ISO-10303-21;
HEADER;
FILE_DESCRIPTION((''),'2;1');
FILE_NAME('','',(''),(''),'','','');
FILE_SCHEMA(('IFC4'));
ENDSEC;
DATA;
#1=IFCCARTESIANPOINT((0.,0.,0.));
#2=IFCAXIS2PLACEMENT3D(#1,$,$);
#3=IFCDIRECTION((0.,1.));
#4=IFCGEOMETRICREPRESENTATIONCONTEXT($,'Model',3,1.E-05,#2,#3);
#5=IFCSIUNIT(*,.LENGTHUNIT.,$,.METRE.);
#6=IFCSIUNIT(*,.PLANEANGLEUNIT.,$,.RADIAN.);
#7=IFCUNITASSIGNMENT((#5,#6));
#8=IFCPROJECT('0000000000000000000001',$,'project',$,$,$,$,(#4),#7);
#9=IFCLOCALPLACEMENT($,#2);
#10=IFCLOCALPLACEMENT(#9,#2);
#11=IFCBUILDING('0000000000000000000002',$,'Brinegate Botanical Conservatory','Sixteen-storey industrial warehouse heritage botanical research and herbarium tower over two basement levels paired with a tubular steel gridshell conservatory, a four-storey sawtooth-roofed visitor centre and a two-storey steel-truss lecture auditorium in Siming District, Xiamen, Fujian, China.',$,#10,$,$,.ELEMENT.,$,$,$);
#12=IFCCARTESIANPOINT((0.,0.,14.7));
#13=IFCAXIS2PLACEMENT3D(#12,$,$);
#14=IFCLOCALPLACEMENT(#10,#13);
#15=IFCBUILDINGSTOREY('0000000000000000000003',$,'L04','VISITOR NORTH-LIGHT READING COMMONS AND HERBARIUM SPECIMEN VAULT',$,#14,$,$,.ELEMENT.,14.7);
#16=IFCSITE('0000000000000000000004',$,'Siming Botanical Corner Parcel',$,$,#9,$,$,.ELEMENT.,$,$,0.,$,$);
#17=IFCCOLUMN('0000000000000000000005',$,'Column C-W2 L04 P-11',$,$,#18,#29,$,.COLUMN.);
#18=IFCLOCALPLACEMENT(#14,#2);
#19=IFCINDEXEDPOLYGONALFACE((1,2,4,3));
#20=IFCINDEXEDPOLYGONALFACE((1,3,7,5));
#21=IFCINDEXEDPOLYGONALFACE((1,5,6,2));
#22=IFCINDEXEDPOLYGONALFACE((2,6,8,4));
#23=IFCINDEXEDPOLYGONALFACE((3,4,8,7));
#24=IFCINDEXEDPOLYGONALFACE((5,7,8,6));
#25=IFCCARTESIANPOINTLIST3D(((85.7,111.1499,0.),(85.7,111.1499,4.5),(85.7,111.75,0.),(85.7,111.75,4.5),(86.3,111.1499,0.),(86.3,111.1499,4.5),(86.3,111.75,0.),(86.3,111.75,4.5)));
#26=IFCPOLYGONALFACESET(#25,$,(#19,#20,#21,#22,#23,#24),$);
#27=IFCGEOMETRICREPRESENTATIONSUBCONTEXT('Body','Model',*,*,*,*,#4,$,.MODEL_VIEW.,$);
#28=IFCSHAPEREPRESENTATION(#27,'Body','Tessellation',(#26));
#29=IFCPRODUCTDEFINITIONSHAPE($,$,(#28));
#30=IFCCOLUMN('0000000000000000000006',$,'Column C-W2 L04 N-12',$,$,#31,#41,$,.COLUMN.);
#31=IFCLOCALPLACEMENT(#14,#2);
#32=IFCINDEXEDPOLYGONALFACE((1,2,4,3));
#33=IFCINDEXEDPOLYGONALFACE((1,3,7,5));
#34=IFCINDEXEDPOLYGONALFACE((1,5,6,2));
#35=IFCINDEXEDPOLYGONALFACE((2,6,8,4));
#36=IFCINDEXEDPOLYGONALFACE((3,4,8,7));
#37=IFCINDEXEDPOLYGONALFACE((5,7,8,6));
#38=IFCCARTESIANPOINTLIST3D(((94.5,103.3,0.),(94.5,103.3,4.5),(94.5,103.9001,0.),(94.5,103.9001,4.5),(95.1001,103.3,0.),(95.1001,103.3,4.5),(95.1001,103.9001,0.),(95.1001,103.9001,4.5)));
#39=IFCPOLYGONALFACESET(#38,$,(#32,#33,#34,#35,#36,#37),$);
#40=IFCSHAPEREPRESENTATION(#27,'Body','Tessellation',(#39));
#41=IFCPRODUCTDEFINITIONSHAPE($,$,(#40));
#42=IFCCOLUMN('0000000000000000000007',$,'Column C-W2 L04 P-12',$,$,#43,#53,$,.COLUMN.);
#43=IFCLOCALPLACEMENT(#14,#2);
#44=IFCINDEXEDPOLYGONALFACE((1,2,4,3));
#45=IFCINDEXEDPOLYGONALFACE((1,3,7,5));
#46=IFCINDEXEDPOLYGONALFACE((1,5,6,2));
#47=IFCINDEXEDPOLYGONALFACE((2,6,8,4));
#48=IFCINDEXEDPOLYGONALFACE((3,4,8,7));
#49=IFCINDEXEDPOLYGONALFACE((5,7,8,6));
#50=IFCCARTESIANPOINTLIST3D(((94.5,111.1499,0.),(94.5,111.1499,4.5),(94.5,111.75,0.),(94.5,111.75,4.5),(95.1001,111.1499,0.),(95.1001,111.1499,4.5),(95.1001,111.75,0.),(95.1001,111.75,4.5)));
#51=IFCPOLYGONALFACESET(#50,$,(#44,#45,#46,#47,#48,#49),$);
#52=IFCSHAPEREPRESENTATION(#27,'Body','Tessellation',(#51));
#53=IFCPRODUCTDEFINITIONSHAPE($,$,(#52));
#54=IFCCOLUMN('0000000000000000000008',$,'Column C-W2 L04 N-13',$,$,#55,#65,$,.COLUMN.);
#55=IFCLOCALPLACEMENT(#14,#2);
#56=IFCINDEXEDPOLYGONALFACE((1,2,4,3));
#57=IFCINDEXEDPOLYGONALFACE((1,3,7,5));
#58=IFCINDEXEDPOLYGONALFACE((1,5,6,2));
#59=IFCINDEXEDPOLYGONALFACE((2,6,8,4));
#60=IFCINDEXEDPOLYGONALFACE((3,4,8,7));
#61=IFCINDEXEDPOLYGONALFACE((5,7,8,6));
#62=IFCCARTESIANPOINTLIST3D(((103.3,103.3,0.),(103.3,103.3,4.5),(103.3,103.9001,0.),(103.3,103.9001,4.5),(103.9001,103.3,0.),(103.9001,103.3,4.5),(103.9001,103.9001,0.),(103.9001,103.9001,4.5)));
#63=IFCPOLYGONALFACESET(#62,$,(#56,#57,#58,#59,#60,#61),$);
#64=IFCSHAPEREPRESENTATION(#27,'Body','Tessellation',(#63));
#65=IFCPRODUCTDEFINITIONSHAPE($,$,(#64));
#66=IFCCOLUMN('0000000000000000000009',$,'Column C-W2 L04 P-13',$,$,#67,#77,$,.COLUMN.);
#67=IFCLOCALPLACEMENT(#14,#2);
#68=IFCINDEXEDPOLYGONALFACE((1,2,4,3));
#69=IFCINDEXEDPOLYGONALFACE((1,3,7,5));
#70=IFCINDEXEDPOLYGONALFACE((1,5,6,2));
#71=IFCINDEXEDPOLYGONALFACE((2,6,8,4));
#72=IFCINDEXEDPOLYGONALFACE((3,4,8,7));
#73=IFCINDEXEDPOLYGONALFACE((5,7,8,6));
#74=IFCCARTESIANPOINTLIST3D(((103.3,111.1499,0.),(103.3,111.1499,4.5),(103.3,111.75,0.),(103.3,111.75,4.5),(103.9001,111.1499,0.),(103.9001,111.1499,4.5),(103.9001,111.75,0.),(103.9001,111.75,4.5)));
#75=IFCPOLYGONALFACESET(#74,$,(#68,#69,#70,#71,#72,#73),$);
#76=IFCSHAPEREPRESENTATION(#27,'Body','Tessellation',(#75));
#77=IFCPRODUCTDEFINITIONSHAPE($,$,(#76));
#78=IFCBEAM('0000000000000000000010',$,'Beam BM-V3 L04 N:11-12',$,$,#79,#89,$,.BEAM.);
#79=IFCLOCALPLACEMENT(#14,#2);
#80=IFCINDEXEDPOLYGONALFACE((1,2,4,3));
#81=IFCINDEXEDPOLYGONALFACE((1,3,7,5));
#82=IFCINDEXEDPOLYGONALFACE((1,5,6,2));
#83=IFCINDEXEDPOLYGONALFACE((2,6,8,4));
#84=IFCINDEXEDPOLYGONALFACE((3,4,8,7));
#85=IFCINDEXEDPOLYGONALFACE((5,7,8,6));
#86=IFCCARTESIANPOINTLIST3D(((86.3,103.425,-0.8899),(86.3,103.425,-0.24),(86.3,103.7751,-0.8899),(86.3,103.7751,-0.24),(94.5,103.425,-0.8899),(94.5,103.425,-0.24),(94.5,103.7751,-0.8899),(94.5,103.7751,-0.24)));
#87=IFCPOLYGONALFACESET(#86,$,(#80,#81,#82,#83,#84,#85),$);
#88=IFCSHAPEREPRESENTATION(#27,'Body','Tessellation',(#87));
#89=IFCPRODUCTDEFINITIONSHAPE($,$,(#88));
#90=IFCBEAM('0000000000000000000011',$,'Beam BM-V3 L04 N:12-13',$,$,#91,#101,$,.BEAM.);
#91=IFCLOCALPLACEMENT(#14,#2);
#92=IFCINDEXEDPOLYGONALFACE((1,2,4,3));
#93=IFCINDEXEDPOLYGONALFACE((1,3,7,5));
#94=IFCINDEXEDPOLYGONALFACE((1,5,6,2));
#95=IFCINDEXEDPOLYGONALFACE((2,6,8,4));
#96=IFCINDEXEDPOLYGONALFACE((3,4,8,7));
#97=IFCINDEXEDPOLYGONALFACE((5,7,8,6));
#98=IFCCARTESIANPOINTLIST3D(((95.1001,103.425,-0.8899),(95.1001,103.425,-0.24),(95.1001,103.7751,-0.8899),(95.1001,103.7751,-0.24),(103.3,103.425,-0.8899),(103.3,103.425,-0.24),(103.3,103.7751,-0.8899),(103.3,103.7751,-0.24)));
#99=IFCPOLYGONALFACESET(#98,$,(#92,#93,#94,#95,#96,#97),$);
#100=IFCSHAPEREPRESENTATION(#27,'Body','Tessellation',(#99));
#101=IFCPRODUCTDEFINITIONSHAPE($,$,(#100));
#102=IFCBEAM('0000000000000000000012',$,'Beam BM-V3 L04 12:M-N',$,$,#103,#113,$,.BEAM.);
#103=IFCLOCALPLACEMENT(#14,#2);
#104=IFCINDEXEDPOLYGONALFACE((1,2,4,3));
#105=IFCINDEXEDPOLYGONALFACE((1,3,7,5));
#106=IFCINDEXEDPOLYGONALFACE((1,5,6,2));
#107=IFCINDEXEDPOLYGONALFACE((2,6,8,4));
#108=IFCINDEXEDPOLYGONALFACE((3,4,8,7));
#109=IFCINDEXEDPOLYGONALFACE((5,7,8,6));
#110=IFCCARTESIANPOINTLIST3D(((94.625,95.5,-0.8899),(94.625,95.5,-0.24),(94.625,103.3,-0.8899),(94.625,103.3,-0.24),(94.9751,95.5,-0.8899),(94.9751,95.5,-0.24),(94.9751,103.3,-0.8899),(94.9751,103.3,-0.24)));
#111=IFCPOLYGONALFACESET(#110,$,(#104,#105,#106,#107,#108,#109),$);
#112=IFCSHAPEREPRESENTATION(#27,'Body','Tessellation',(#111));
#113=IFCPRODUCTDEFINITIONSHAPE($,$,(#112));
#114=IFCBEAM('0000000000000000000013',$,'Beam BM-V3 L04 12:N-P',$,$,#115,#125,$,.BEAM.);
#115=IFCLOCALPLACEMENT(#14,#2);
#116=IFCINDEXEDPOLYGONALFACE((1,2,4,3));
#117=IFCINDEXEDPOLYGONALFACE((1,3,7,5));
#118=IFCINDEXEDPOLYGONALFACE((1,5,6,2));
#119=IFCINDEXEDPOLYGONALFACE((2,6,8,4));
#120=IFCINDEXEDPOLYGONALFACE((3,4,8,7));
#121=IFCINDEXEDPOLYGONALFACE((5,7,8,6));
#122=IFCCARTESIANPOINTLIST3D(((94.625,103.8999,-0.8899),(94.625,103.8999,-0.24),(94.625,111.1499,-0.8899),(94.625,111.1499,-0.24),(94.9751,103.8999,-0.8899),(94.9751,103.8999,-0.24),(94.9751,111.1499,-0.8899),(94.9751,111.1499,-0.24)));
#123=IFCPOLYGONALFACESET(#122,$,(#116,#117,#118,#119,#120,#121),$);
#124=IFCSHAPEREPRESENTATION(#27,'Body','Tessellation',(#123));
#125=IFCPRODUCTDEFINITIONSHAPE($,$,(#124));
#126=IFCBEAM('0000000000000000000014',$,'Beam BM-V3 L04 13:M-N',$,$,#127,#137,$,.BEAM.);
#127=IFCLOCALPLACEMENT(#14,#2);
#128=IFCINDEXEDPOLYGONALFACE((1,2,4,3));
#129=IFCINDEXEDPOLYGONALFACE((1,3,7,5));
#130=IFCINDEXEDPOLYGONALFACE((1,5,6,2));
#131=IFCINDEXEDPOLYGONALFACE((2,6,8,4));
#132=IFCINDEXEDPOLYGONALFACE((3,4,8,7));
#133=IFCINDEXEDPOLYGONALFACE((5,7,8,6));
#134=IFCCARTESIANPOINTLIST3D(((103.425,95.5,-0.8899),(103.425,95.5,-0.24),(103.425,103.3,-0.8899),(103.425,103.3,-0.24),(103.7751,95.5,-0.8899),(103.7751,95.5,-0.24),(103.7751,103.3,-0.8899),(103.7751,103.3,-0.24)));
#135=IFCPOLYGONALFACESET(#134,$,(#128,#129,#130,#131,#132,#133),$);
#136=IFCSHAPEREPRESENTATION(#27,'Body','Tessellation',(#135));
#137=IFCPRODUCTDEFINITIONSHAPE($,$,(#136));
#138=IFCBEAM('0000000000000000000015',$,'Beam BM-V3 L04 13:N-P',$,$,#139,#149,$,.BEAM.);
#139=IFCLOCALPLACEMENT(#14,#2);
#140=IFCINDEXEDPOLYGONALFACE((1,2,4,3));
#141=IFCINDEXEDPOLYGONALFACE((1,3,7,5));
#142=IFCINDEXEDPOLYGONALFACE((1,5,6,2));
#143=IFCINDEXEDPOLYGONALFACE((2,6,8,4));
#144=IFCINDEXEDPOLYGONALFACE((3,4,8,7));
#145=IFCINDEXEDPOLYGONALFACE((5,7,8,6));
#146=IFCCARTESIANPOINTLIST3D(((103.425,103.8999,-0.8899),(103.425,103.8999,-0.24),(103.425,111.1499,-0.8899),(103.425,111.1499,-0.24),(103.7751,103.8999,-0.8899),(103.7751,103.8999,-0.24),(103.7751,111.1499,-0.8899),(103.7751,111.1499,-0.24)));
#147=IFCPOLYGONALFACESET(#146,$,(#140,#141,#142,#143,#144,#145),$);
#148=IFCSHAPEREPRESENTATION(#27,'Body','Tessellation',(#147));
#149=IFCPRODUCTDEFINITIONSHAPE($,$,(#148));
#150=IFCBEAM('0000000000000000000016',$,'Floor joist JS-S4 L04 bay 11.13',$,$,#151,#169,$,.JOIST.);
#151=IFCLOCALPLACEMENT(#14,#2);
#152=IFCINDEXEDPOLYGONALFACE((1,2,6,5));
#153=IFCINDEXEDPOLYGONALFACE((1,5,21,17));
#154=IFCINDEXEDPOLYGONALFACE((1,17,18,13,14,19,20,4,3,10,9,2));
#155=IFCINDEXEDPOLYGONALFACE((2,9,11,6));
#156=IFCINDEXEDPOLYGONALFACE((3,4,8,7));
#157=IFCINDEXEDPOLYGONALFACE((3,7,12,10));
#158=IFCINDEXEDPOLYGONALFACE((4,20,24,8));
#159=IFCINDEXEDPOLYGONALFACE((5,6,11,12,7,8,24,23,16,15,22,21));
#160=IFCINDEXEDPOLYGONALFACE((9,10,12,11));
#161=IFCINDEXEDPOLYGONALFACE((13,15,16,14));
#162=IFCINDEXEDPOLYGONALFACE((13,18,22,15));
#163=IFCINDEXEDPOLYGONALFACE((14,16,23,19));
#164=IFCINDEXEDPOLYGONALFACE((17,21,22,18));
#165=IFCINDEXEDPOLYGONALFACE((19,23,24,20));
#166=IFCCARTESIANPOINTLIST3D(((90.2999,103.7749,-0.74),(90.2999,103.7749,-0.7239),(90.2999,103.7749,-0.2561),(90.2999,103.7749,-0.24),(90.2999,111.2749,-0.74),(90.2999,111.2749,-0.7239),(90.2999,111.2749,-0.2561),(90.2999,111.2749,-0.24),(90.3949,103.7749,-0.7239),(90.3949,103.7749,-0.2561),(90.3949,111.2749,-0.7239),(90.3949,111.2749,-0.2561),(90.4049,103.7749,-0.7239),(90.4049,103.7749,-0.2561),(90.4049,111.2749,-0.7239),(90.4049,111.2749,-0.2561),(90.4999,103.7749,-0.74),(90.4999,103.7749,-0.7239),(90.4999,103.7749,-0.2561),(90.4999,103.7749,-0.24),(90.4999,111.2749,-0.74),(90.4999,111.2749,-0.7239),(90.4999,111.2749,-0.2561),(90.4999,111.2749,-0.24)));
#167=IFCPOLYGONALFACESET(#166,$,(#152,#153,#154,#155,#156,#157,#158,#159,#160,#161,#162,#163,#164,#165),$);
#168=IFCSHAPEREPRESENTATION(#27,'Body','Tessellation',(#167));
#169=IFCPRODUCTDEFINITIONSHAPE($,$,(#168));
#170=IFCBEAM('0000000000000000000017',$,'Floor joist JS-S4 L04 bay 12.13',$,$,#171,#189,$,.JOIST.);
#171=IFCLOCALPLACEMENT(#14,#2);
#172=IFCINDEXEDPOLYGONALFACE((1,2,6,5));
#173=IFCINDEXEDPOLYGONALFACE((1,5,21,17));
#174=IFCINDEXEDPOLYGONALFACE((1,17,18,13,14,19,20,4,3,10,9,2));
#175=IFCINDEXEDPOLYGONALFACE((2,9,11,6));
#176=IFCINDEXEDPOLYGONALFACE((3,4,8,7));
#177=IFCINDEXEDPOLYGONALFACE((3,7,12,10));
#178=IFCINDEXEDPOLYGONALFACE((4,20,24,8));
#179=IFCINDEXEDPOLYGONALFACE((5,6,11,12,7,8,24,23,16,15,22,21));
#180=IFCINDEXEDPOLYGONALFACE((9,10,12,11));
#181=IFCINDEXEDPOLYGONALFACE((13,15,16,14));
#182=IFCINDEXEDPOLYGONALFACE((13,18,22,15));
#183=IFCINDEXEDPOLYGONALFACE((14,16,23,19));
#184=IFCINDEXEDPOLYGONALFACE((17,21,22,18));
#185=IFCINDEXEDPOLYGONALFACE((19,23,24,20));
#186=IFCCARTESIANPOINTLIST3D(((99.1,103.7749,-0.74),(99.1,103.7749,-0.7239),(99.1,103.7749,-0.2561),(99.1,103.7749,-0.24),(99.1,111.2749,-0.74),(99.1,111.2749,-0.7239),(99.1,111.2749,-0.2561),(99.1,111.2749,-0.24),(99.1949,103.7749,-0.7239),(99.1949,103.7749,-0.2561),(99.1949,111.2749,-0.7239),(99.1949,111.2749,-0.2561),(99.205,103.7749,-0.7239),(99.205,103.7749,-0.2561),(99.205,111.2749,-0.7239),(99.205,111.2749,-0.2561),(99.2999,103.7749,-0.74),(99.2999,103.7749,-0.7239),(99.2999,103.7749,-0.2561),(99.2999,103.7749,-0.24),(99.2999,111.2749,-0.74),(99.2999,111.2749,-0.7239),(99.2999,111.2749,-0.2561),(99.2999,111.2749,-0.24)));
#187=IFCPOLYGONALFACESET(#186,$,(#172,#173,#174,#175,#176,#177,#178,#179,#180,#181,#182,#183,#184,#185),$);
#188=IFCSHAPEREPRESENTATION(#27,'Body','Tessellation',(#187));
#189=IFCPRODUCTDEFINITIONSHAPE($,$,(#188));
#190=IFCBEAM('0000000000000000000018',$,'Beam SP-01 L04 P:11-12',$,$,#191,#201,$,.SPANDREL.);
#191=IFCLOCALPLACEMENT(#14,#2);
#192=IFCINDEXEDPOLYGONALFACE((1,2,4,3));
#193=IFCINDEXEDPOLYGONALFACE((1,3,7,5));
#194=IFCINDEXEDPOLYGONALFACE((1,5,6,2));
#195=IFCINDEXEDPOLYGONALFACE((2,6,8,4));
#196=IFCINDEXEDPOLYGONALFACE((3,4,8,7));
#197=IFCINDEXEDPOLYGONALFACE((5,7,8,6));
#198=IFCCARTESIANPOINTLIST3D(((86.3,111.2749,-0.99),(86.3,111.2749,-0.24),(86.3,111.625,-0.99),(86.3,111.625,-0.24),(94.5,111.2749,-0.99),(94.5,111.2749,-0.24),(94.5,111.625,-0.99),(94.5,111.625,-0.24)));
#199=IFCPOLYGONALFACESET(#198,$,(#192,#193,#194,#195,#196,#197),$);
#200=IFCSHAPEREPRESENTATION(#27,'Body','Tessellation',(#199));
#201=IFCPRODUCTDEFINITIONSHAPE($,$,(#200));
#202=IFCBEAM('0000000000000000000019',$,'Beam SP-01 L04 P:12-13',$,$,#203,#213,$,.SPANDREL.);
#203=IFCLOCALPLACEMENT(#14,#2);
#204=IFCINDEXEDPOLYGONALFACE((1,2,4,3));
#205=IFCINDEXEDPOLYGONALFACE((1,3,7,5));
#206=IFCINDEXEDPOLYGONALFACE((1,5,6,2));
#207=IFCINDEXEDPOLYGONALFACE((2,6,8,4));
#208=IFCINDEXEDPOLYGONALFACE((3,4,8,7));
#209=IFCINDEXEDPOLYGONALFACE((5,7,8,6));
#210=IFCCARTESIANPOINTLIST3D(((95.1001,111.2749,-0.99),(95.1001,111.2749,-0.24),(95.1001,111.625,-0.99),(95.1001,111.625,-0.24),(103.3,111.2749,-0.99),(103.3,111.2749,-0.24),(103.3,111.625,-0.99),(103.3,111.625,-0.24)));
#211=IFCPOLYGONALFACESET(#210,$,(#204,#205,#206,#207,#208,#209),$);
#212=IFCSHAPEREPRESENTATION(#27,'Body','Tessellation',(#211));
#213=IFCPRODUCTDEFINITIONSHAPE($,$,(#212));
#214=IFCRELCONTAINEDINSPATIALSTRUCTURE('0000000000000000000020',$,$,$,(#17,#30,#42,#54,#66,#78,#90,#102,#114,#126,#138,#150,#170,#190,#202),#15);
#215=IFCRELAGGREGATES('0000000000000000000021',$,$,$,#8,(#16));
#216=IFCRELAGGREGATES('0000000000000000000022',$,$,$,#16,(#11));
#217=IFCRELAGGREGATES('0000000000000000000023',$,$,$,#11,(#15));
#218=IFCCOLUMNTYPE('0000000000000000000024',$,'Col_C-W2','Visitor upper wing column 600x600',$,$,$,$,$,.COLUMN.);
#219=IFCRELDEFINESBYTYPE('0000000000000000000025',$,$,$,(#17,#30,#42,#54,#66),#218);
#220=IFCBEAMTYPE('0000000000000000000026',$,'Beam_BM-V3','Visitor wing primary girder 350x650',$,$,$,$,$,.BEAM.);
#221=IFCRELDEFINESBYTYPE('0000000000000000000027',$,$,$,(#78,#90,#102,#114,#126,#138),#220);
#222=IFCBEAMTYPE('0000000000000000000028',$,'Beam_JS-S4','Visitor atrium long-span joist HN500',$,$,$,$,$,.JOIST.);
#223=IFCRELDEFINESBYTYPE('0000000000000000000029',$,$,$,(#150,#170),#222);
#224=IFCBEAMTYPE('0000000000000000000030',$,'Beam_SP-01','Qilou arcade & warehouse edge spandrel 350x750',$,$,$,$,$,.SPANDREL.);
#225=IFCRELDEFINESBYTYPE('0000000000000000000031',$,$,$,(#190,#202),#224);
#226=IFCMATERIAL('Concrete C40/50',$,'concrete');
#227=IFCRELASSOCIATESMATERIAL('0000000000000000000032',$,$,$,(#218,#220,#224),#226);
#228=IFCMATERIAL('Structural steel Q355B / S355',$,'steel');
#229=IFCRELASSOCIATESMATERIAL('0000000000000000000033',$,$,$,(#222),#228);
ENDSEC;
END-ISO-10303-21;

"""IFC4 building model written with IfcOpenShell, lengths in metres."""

from ifc_helpers import new_model, si_unit, direction, frame, origin, origin_2d, place, context, subcontext, project, spatial, rectangle, i_section, extrude, material, material_profile, profile_set, type_object, element, save


model = new_model("IFC4")

# Units and contexts
model_context = context("Model", 3, precision=1e-05, world=origin(), true_north=direction((0.0, 1.0)))
body_context = subcontext(model_context, "Body", "Model", "MODEL_VIEW")
ifc_project = project(units=[si_unit("LENGTHUNIT", "METRE"), si_unit("PLANEANGLEUNIT", "RADIAN")], contexts=[model_context])

# Site, building, storey
site_placement = place(None, origin())
site = spatial("IfcSite", under=ifc_project, at=site_placement, Name="Siming Botanical Corner Parcel", CompositionType="ELEMENT", RefElevation=0.0)
building_placement = place(site_placement, origin())
building = spatial("IfcBuilding", under=site, at=building_placement, Name="Brinegate Botanical Conservatory", Description="Sixteen-storey industrial warehouse heritage botanical research and herbarium tower over two basement levels paired with a tubular steel gridshell conservatory, a four-storey sawtooth-roofed visitor centre and a two-storey steel-truss lecture auditorium in Siming District, Xiamen, Fujian, China.", CompositionType="ELEMENT")
storey_placement = place(building_placement, frame((0.0, 0.0, 14.7)))
storey = spatial("IfcBuildingStorey", under=building, at=storey_placement, Name="L04", Description="VISITOR NORTH-LIGHT READING COMMONS AND HERBARIUM SPECIMEN VAULT", CompositionType="ELEMENT", Elevation=14.7)

# Columns
ifc_material_1 = material(Name="Concrete C40/50", Category="concrete")
ifc_material_profile_1 = material_profile(ifc_material_1, rectangle(XDim=0.6001, YDim=0.6001, at=origin_2d()), Name="RC COL 600x600")
ifc_profile_set_1 = profile_set([ifc_material_profile_1], Name="Concrete C40/50")
column_type = type_object("IfcColumnType", Name="Col_C-W2", Description="Visitor upper wing column 600x600", PredefinedType="COLUMN", material=ifc_profile_set_1)
for number, where, z_axis, x_axis, name in (
    (1, (86.0, 111.45, 0.0), (0.0, 0.0, 1.0), (1.0, 0.0, 0.0), "Column C-W2 L04 P-11"),
    (2, (94.8, 103.6001, 0.0), (0.0, 0.0, 1.0), (1.0, 0.0, 0.0), "Column C-W2 L04 N-12"),
    (3, (94.8, 111.45, 0.0), (0.0, 0.0, 1.0), (1.0, 0.0, 0.0), "Column C-W2 L04 P-12"),
    (4, (103.6001, 103.6001, 0.0), (0.0, 0.0, 1.0), (1.0, 0.0, 0.0), "Column C-W2 L04 N-13"),
    (5, (103.6001, 111.45, 0.0), (0.0, 0.0, 1.0), (1.0, 0.0, 0.0), "Column C-W2 L04 P-13"),
):
    element("IfcColumn", number, at=place(storey_placement, frame(where, z_axis=z_axis, x_axis=x_axis)), inside=storey, type_object=column_type, Name=name, PredefinedType="COLUMN", context=body_context, shape_type="SweptSolid", body=[
        extrude(rectangle(XDim=0.6001, YDim=0.6001, at=origin_2d()), origin(), (0.0, 0.0, 1.0), 4.5),
    ])

# Beams
ifc_material_profile_2 = material_profile(ifc_material_1, rectangle(XDim=0.3501, YDim=0.6499, at=origin_2d()), Name="RC BM 350x650")
ifc_profile_set_2 = profile_set([ifc_material_profile_2], Name="Concrete C40/50")
beam_type_1 = type_object("IfcBeamType", Name="Beam_BM-V3", Description="Visitor wing primary girder 350x650", PredefinedType="BEAM", material=ifc_profile_set_2)
for number, where, z_axis, x_axis, name in (
    (6, (86.3, 103.6001, -0.5649), (1.0, 0.0, 0.0), (0.0, 1.0, 0.0), "Beam BM-V3 L04 N:11-12"),
    (7, (95.1001, 103.6001, -0.5649), (1.0, 0.0, 0.0), (0.0, 1.0, 0.0), "Beam BM-V3 L04 N:12-13"),
):
    element("IfcBeam", number, at=place(storey_placement, frame(where, z_axis=z_axis, x_axis=x_axis)), inside=storey, type_object=beam_type_1, Name=name, PredefinedType="BEAM", context=body_context, shape_type="SweptSolid", body=[
        extrude(rectangle(XDim=0.3501, YDim=0.6499, at=origin_2d()), origin(), (0.0, 0.0, 1.0), 8.2),
    ])
beam_1_placement = place(storey_placement, frame((94.8, 95.5, -0.5649), z_axis=(0.0, 1.0, 0.0), x_axis=(-1.0, 0.0, 0.0)))
element("IfcBeam", 8, at=beam_1_placement, inside=storey, type_object=beam_type_1, Name="Beam BM-V3 L04 12:M-N", PredefinedType="BEAM", context=body_context, shape_type="SweptSolid", body=[
    extrude(rectangle(XDim=0.3501, YDim=0.6499, at=origin_2d()), origin(), (0.0, 0.0, 1.0), 7.8),
])
beam_2_placement = place(storey_placement, frame((94.8, 103.8999, -0.5649), z_axis=(0.0, 1.0, 0.0), x_axis=(-1.0, 0.0, 0.0)))
element("IfcBeam", 9, at=beam_2_placement, inside=storey, type_object=beam_type_1, Name="Beam BM-V3 L04 12:N-P", PredefinedType="BEAM", context=body_context, shape_type="SweptSolid", body=[
    extrude(rectangle(XDim=0.3501, YDim=0.6499, at=origin_2d()), origin(), (0.0, 0.0, 1.0), 7.25),
])
beam_3_placement = place(storey_placement, frame((103.6001, 95.5, -0.5649), z_axis=(0.0, 1.0, 0.0), x_axis=(-1.0, 0.0, 0.0)))
element("IfcBeam", 10, at=beam_3_placement, inside=storey, type_object=beam_type_1, Name="Beam BM-V3 L04 13:M-N", PredefinedType="BEAM", context=body_context, shape_type="SweptSolid", body=[
    extrude(rectangle(XDim=0.3501, YDim=0.6499, at=origin_2d()), origin(), (0.0, 0.0, 1.0), 7.8),
])
beam_4_placement = place(storey_placement, frame((103.6001, 103.8999, -0.5649), z_axis=(0.0, 1.0, 0.0), x_axis=(-1.0, 0.0, 0.0)))
element("IfcBeam", 11, at=beam_4_placement, inside=storey, type_object=beam_type_1, Name="Beam BM-V3 L04 13:N-P", PredefinedType="BEAM", context=body_context, shape_type="SweptSolid", body=[
    extrude(rectangle(XDim=0.3501, YDim=0.6499, at=origin_2d()), origin(), (0.0, 0.0, 1.0), 7.25),
])
ifc_material_2 = material(Name="Structural steel Q355B / S355", Category="steel")
ifc_material_profile_3 = material_profile(ifc_material_2, i_section(OverallWidth=0.2, OverallDepth=0.5, WebThickness=0.01, FlangeThickness=0.0161, at=origin_2d()), Name="HN 500x200x10x16")
ifc_profile_set_3 = profile_set([ifc_material_profile_3], Name="Structural steel Q355B / S355")
beam_type_2 = type_object("IfcBeamType", Name="Beam_JS-S4", Description="Visitor atrium long-span joist HN500", PredefinedType="JOIST", material=ifc_profile_set_3)
for number, where, z_axis, x_axis, name in (
    (12, (90.3999, 103.7749, -0.49), (0.0, 1.0, 0.0), (-1.0, 0.0, 0.0), "Floor joist JS-S4 L04 bay 11.13"),
    (13, (99.2, 103.7749, -0.49), (0.0, 1.0, 0.0), (-1.0, 0.0, 0.0), "Floor joist JS-S4 L04 bay 12.13"),
):
    element("IfcBeam", number, at=place(storey_placement, frame(where, z_axis=z_axis, x_axis=x_axis)), inside=storey, type_object=beam_type_2, Name=name, PredefinedType="JOIST", context=body_context, shape_type="SweptSolid", body=[
        extrude(i_section(OverallWidth=0.2, OverallDepth=0.5, WebThickness=0.01, FlangeThickness=0.0161, at=origin_2d()), origin(), (0.0, 0.0, 1.0), 7.5),
    ])
ifc_material_profile_4 = material_profile(ifc_material_1, rectangle(XDim=0.3501, YDim=0.75, at=origin_2d()), Name="RC SPN 350x750")
ifc_profile_set_4 = profile_set([ifc_material_profile_4], Name="Concrete C40/50")
beam_type_3 = type_object("IfcBeamType", Name="Beam_SP-01", Description="Qilou arcade & warehouse edge spandrel 350x750", PredefinedType="SPANDREL", material=ifc_profile_set_4)
for number, where, z_axis, x_axis, name in (
    (14, (86.3, 111.45, -0.615), (1.0, 0.0, 0.0), (0.0, 1.0, 0.0), "Beam SP-01 L04 P:11-12"),
    (15, (95.1001, 111.45, -0.615), (1.0, 0.0, 0.0), (0.0, 1.0, 0.0), "Beam SP-01 L04 P:12-13"),
):
    element("IfcBeam", number, at=place(storey_placement, frame(where, z_axis=z_axis, x_axis=x_axis)), inside=storey, type_object=beam_type_3, Name=name, PredefinedType="SPANDREL", context=body_context, shape_type="SweptSolid", body=[
        extrude(rectangle(XDim=0.3501, YDim=0.75, at=origin_2d()), origin(), (0.0, 0.0, 1.0), 8.2),
    ])

save(model, "model.ifc")
